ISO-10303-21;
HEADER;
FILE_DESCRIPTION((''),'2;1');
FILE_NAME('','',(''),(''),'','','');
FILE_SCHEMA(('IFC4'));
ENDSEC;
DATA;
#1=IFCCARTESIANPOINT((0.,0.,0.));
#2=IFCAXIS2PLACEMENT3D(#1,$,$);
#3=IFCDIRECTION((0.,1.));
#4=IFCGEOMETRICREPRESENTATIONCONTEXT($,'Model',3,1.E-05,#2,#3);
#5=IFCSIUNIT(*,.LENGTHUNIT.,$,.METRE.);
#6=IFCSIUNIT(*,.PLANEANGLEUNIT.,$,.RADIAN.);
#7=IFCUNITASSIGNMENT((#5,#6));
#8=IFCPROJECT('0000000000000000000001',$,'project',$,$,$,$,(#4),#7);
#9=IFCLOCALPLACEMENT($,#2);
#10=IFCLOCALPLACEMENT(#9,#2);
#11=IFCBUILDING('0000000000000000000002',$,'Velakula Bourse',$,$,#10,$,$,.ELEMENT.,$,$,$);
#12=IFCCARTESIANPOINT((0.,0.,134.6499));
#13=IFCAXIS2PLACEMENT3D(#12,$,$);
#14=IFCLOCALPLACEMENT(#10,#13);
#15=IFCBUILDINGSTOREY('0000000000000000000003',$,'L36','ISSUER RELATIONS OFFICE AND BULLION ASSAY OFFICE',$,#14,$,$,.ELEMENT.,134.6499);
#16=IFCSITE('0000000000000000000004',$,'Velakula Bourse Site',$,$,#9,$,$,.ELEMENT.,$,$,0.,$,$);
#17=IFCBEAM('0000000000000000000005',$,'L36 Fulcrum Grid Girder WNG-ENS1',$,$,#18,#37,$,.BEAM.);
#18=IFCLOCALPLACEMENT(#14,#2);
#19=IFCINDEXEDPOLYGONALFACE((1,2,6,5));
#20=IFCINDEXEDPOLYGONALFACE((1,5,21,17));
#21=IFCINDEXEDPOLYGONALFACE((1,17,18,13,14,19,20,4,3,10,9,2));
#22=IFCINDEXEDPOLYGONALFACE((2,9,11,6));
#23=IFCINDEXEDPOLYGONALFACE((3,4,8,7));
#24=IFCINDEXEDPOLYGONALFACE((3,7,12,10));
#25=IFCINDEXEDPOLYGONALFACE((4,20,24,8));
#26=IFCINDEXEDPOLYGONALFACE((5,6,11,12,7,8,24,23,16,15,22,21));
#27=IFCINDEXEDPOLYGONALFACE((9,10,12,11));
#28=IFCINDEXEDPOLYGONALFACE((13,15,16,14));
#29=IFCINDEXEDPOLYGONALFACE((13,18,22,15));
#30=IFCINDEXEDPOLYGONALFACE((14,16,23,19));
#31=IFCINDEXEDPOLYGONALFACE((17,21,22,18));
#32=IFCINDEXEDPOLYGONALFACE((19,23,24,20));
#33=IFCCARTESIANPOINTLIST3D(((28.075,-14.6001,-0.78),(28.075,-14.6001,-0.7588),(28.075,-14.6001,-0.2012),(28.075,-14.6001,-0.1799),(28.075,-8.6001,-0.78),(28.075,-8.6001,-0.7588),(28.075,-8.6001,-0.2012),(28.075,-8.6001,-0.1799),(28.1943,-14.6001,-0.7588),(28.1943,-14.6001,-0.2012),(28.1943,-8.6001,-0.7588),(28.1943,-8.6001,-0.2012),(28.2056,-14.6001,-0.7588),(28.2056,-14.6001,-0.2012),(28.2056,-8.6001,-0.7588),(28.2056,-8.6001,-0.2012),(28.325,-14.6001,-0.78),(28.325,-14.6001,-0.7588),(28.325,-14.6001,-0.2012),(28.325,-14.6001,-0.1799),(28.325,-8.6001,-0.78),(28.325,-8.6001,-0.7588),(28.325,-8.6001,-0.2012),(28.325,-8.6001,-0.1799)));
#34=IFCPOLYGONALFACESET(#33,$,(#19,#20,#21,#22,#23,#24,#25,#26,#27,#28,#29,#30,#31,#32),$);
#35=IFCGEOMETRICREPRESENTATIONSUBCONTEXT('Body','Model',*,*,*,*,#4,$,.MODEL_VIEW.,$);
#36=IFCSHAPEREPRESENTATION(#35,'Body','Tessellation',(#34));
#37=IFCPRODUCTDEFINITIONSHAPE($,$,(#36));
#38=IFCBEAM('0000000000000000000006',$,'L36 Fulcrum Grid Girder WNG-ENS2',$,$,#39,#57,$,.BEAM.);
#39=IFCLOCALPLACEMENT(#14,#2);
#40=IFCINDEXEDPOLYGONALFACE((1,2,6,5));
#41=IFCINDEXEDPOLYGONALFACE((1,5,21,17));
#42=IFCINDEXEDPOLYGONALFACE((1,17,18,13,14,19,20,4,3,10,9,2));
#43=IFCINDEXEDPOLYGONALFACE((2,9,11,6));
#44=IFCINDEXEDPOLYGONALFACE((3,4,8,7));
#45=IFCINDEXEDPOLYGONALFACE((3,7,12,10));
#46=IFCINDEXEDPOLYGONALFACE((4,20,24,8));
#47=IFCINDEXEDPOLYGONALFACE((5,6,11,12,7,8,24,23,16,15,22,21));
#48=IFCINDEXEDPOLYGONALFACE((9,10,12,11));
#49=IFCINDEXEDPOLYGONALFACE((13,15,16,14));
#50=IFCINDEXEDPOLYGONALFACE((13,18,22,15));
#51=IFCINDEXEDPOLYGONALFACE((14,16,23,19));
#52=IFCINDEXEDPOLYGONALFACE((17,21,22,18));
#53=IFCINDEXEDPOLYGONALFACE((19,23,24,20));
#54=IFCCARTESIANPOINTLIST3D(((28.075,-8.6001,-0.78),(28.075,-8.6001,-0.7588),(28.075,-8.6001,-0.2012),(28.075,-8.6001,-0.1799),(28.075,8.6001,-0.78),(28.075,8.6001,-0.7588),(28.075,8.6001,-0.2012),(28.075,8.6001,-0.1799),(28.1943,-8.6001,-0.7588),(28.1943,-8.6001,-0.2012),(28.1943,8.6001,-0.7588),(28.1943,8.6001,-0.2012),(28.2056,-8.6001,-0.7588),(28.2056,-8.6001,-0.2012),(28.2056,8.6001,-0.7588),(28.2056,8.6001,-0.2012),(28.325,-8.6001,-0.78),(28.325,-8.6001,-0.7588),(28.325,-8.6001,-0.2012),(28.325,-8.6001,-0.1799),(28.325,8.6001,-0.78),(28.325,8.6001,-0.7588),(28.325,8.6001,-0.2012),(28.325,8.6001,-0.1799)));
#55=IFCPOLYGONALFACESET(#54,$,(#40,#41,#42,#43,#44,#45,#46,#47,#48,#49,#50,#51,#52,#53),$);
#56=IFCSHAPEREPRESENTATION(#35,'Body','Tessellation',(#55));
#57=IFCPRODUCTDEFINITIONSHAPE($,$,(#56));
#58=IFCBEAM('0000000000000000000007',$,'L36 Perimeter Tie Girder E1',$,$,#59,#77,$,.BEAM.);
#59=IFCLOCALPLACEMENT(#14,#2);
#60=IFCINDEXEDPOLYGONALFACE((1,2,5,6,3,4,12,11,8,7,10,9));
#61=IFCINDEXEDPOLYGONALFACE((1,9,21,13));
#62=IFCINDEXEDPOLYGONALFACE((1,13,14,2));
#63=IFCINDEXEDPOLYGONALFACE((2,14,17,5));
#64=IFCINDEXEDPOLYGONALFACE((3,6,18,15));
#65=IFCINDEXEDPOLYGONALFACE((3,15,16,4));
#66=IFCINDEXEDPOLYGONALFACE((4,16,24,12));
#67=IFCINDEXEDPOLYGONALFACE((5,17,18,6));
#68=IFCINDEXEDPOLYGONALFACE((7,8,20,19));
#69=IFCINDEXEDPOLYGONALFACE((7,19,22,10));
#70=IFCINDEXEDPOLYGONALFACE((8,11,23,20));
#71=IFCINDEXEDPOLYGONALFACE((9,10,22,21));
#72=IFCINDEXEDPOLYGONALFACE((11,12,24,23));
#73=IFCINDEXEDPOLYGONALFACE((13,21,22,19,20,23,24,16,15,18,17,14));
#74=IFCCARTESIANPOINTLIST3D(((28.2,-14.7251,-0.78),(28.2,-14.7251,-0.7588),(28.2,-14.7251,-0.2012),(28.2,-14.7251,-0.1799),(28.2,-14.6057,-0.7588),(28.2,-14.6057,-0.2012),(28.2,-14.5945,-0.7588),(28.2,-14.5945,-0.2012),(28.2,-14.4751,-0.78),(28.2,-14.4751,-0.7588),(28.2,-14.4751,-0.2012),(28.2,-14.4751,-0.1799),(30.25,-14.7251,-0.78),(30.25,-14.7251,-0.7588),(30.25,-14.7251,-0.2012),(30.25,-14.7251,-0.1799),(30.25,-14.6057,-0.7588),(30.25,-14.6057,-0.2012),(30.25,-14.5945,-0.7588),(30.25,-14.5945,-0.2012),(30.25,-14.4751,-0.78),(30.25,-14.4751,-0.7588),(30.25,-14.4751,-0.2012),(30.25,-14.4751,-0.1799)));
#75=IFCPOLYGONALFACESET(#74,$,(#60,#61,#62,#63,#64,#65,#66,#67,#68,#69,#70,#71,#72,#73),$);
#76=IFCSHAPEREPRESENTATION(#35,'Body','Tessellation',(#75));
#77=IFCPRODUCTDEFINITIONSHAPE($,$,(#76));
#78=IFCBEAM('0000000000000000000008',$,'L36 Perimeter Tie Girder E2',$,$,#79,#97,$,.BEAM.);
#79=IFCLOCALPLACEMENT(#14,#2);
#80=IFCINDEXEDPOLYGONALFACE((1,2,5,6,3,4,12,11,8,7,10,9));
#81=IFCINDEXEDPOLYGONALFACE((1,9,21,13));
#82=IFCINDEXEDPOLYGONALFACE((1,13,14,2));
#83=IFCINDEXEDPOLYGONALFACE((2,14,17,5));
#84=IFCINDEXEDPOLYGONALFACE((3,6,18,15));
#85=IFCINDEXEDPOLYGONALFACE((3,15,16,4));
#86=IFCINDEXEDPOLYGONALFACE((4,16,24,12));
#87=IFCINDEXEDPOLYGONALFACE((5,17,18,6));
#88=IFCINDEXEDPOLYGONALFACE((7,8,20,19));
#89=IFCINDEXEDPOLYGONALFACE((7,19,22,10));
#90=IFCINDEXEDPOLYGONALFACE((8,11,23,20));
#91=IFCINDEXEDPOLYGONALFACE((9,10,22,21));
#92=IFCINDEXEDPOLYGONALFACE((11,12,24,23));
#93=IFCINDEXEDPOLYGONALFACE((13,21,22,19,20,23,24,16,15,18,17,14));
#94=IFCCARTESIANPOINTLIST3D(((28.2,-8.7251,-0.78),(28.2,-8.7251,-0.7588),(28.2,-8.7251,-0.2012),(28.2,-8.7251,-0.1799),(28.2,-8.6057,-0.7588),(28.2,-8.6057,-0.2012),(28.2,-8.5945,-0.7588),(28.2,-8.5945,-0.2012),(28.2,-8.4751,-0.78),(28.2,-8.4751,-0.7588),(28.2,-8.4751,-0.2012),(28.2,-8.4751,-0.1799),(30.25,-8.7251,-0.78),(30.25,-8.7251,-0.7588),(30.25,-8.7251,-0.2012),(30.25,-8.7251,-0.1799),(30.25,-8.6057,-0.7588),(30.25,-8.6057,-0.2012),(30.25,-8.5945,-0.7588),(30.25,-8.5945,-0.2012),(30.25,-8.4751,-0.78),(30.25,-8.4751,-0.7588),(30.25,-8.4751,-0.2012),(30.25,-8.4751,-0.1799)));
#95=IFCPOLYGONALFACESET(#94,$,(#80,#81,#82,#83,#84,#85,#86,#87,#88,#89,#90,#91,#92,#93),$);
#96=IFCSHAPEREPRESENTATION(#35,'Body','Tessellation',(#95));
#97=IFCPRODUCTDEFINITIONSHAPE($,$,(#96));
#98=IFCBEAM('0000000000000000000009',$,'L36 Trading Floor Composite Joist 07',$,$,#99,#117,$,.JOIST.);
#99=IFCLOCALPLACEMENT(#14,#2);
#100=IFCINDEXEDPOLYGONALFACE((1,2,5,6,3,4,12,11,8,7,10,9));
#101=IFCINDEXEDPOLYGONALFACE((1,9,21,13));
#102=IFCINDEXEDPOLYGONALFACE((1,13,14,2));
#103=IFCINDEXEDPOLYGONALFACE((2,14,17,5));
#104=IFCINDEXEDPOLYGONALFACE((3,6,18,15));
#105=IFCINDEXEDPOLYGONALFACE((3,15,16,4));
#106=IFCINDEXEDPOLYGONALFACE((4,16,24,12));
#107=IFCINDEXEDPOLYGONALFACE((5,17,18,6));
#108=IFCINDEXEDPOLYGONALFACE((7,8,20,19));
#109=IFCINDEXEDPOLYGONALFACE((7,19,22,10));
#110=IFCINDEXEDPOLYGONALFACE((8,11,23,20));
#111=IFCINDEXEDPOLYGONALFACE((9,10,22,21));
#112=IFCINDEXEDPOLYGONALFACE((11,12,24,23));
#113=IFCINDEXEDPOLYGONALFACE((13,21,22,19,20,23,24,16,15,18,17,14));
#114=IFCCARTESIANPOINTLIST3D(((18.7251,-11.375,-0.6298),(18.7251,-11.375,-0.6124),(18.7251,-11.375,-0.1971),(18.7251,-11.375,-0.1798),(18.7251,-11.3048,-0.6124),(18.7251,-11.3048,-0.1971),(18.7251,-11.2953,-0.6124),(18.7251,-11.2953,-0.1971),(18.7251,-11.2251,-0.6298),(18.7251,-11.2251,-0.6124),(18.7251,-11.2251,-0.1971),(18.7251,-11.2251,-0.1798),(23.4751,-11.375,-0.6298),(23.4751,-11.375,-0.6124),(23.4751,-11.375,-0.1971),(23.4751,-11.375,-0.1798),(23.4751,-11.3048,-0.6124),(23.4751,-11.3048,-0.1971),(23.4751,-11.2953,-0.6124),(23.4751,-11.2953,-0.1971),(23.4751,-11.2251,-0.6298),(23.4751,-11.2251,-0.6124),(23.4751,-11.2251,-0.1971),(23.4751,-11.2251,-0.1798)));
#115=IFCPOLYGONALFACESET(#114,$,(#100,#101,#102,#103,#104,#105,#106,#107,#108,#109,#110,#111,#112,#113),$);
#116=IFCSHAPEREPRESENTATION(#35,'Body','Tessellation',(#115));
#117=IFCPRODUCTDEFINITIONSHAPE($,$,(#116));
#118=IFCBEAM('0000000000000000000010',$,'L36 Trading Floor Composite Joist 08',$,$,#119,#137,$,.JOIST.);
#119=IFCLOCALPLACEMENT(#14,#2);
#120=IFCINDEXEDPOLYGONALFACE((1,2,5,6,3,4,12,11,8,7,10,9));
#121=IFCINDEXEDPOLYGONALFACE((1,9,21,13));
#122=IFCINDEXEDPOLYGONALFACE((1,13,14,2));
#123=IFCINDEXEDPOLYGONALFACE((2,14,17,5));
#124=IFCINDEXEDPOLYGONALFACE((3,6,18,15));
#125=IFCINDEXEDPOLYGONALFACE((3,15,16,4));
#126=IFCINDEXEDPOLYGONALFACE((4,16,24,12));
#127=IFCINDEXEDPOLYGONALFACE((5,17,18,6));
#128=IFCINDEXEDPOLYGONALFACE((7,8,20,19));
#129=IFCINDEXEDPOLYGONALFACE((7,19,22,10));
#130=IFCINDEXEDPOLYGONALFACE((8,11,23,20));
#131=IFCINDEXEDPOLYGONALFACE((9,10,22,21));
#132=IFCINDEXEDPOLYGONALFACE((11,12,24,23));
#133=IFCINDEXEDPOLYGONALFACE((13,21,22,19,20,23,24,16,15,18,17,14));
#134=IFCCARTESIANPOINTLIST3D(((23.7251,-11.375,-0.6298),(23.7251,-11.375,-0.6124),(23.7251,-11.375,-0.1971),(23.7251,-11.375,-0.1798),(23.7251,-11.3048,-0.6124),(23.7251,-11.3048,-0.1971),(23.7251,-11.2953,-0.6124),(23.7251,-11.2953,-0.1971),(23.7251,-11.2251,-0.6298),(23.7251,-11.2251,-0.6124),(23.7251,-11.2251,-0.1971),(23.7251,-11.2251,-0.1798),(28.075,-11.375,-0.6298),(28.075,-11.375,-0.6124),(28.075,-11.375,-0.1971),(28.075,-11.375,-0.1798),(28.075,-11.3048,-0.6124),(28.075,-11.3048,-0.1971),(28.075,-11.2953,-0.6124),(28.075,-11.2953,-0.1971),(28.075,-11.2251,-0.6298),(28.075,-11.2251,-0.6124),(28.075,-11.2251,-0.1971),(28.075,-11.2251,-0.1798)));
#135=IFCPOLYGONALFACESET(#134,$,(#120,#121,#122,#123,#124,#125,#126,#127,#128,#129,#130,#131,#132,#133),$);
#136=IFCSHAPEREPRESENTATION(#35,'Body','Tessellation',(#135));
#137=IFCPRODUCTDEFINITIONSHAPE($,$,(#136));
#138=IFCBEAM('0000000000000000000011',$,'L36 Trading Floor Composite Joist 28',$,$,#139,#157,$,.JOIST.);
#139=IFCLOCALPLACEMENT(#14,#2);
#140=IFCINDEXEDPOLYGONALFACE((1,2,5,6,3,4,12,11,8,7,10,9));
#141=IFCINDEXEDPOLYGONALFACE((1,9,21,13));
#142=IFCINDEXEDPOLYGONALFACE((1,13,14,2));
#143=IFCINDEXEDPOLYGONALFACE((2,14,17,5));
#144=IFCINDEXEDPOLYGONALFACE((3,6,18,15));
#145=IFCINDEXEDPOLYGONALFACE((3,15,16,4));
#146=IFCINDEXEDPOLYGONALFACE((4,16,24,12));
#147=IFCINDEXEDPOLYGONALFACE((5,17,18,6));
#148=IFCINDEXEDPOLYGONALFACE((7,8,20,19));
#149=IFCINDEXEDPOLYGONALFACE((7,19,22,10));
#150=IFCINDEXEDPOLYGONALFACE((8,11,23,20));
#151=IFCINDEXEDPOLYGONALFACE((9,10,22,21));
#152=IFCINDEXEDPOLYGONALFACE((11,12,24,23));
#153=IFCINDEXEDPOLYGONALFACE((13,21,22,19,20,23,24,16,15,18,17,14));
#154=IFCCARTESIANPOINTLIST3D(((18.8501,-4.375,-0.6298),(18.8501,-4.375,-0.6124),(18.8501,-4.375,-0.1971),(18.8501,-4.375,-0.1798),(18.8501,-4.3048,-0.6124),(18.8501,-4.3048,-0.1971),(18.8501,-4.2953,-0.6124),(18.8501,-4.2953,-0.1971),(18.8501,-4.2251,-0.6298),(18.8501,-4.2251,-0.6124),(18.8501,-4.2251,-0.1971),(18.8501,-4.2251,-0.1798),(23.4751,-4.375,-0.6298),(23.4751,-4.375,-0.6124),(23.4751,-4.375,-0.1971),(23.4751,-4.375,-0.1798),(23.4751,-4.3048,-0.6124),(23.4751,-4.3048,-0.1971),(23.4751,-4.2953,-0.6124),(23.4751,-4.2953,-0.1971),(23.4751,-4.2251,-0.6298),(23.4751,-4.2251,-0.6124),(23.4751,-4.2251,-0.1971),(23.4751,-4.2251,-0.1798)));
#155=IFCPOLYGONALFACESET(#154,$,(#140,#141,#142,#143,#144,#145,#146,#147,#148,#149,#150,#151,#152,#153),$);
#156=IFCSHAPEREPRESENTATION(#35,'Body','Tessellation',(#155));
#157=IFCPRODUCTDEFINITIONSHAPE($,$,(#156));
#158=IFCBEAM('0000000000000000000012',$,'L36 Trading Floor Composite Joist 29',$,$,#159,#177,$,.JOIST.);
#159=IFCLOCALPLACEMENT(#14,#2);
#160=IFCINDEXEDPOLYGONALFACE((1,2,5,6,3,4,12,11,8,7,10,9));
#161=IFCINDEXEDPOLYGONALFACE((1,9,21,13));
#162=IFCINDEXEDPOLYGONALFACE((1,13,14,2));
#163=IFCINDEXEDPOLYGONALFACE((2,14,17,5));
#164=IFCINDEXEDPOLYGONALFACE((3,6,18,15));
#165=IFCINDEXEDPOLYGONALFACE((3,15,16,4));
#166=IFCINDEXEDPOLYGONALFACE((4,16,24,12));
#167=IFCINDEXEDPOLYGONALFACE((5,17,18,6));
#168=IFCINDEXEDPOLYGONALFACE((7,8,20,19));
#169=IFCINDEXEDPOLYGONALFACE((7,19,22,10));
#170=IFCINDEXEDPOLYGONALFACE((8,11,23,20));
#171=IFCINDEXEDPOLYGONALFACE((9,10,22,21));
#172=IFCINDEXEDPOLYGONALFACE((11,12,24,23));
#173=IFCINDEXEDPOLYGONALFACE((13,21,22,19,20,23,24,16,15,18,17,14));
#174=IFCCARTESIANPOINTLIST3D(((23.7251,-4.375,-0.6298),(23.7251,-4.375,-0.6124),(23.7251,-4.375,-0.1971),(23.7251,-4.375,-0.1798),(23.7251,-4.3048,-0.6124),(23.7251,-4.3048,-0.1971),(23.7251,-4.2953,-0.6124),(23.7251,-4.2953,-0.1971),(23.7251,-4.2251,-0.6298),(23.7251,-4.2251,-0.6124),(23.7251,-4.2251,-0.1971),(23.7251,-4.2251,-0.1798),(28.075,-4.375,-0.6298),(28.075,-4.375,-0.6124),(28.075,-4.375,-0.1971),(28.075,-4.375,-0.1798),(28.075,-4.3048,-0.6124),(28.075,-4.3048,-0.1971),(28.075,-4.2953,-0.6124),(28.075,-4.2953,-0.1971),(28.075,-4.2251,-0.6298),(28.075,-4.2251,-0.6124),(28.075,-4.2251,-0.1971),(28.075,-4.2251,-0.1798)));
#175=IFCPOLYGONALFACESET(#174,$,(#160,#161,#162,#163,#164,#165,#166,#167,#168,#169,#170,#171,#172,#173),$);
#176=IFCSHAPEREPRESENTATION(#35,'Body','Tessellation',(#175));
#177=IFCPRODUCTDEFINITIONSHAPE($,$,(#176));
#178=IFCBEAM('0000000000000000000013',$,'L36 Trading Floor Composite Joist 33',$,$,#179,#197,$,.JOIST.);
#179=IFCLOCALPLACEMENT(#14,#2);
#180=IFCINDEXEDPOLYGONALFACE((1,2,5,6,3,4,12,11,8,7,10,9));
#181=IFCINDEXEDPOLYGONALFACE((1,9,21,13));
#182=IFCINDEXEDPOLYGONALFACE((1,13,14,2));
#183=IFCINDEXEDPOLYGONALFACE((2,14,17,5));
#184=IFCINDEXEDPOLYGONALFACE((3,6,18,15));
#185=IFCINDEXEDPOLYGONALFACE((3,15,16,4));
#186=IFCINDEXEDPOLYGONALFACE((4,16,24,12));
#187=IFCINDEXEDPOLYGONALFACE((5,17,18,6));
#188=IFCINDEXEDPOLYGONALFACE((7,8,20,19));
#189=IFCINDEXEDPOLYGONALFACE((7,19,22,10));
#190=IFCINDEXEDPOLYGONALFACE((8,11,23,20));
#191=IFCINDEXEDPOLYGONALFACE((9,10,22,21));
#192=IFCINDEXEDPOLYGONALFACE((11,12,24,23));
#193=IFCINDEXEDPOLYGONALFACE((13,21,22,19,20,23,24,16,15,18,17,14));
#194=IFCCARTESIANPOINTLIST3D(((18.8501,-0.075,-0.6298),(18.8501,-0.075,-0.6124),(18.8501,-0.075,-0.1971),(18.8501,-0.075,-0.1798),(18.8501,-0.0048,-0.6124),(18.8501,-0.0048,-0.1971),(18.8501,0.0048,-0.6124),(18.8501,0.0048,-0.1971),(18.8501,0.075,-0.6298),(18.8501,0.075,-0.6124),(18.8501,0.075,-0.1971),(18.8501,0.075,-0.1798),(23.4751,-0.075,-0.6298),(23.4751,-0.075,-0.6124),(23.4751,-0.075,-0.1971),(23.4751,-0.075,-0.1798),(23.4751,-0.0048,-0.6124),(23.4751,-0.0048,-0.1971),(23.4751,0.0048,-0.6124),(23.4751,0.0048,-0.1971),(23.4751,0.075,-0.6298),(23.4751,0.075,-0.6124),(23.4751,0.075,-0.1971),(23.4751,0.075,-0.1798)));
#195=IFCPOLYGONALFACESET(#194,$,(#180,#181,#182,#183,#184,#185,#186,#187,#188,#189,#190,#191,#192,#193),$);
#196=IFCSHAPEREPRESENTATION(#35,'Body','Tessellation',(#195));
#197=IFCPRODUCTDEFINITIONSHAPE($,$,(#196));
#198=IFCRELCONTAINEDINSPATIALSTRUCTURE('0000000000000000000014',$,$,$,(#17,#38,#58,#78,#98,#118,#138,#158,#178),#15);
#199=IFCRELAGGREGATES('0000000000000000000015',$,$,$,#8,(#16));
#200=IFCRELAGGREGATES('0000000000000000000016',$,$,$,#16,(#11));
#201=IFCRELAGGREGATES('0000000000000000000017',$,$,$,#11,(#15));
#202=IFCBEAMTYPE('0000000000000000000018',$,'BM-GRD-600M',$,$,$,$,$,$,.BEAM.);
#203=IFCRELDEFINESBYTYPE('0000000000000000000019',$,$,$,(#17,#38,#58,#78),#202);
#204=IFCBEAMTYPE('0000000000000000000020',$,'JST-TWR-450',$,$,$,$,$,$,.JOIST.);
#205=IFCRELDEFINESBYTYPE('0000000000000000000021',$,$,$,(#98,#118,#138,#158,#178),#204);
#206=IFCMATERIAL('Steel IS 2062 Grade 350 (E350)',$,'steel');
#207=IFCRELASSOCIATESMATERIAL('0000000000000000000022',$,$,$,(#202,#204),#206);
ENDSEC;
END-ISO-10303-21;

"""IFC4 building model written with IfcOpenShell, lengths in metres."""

from ifc_helpers import new_model, si_unit, direction, frame, origin, origin_2d, place, context, subcontext, project, spatial, i_section, extrude, material, material_profile, profile_set, type_object, element, save


model = new_model("IFC4")

# Units and contexts
model_context = context("Model", 3, precision=1e-05, world=origin(), true_north=direction((0.0, 1.0)))
body_context = subcontext(model_context, "Body", "Model", "MODEL_VIEW")
ifc_project = project(units=[si_unit("LENGTHUNIT", "METRE"), si_unit("PLANEANGLEUNIT", "RADIAN")], contexts=[model_context])

# Site, building, storey
site_placement = place(None, origin())
site = spatial("IfcSite", under=ifc_project, at=site_placement, Name="Velakula Bourse Site", CompositionType="ELEMENT", RefElevation=0.0)
building_placement = place(site_placement, origin())
building = spatial("IfcBuilding", under=site, at=building_placement, Name="Velakula Bourse", CompositionType="ELEMENT")
storey_placement = place(building_placement, frame((0.0, 0.0, 134.6499)))
storey = spatial("IfcBuildingStorey", under=building, at=storey_placement, Name="L36", Description="ISSUER RELATIONS OFFICE AND BULLION ASSAY OFFICE", CompositionType="ELEMENT", Elevation=134.6499)

# Shared definitions
ifc_material_1 = material(Name="Steel IS 2062 Grade 350 (E350)", Category="steel")

# Beams
ifc_material_profile_1 = material_profile(ifc_material_1, i_section(OverallWidth=0.25, OverallDepth=0.6001, WebThickness=0.0112, FlangeThickness=0.0212, at=origin_2d()), Name="Steel IS 2062 Grade 350 (E350)")
ifc_profile_set_1 = profile_set([ifc_material_profile_1], Name="Steel IS 2062 Grade 350 (E350)")
beam_type_1 = type_object("IfcBeamType", Name="BM-GRD-600M", PredefinedType="BEAM", material=ifc_profile_set_1)
beam_1_placement = place(storey_placement, frame((28.2, -14.6001, -0.48), z_axis=(0.0, 1.0, 0.0), x_axis=(-1.0, 0.0, 0.0)))
element("IfcBeam", 1, at=beam_1_placement, inside=storey, type_object=beam_type_1, Name="L36 Fulcrum Grid Girder WNG-ENS1", PredefinedType="BEAM", context=body_context, shape_type="SweptSolid", body=[
    extrude(i_section(OverallWidth=0.25, OverallDepth=0.6001, WebThickness=0.0112, FlangeThickness=0.0212, at=origin_2d()), origin(), (0.0, 0.0, 1.0), 6.0),
])
beam_2_placement = place(storey_placement, frame((28.2, -8.6001, -0.48), z_axis=(0.0, 1.0, 0.0), x_axis=(-1.0, 0.0, 0.0)))
element("IfcBeam", 2, at=beam_2_placement, inside=storey, type_object=beam_type_1, Name="L36 Fulcrum Grid Girder WNG-ENS2", PredefinedType="BEAM", context=body_context, shape_type="SweptSolid", body=[
    extrude(i_section(OverallWidth=0.25, OverallDepth=0.6001, WebThickness=0.0112, FlangeThickness=0.0212, at=origin_2d()), origin(), (0.0, 0.0, 1.0), 17.2002),
])
for number, where, z_axis, x_axis, name in (
    (3, (28.2, -14.6001, -0.48), (1.0, 0.0, 0.0), (0.0, 1.0, 0.0), "L36 Perimeter Tie Girder E1"),
    (4, (28.2, -8.6001, -0.48), (1.0, 0.0, 0.0), (0.0, 1.0, 0.0), "L36 Perimeter Tie Girder E2"),
):
    element("IfcBeam", number, at=place(storey_placement, frame(where, z_axis=z_axis, x_axis=x_axis)), inside=storey, type_object=beam_type_1, Name=name, PredefinedType="BEAM", context=body_context, shape_type="SweptSolid", body=[
        extrude(i_section(OverallWidth=0.25, OverallDepth=0.6001, WebThickness=0.0112, FlangeThickness=0.0212, at=origin_2d()), origin(), (0.0, 0.0, 1.0), 2.05),
    ])
ifc_material_profile_2 = material_profile(ifc_material_1, i_section(OverallWidth=0.1499, OverallDepth=0.45, WebThickness=0.0095, FlangeThickness=0.0173, at=origin_2d()), Name="Steel IS 2062 Grade 350 (E350)")
ifc_profile_set_2 = profile_set([ifc_material_profile_2], Name="Steel IS 2062 Grade 350 (E350)")
beam_type_2 = type_object("IfcBeamType", Name="JST-TWR-450", PredefinedType="JOIST", material=ifc_profile_set_2)
beam_3_placement = place(storey_placement, frame((18.7251, -11.3, -0.4048), z_axis=(1.0, 0.0, 0.0), x_axis=(0.0, 1.0, 0.0)))
element("IfcBeam", 5, at=beam_3_placement, inside=storey, type_object=beam_type_2, Name="L36 Trading Floor Composite Joist 07", PredefinedType="JOIST", context=body_context, shape_type="SweptSolid", body=[
    extrude(i_section(OverallWidth=0.1499, OverallDepth=0.45, WebThickness=0.0095, FlangeThickness=0.0173, at=origin_2d()), origin(), (0.0, 0.0, 1.0), 4.75),
])
beam_4_placement = place(storey_placement, frame((23.7251, -11.3, -0.4048), z_axis=(1.0, 0.0, 0.0), x_axis=(0.0, 1.0, 0.0)))
element("IfcBeam", 6, at=beam_4_placement, inside=storey, type_object=beam_type_2, Name="L36 Trading Floor Composite Joist 08", PredefinedType="JOIST", context=body_context, shape_type="SweptSolid", body=[
    extrude(i_section(OverallWidth=0.1499, OverallDepth=0.45, WebThickness=0.0095, FlangeThickness=0.0173, at=origin_2d()), origin(), (0.0, 0.0, 1.0), 4.3499),
])
beam_5_placement = place(storey_placement, frame((18.8501, -4.3, -0.4048), z_axis=(1.0, 0.0, 0.0), x_axis=(0.0, 1.0, 0.0)))
element("IfcBeam", 7, at=beam_5_placement, inside=storey, type_object=beam_type_2, Name="L36 Trading Floor Composite Joist 28", PredefinedType="JOIST", context=body_context, shape_type="SweptSolid", body=[
    extrude(i_section(OverallWidth=0.1499, OverallDepth=0.45, WebThickness=0.0095, FlangeThickness=0.0173, at=origin_2d()), origin(), (0.0, 0.0, 1.0), 4.625),
])
beam_6_placement = place(storey_placement, frame((23.7251, -4.3, -0.4048), z_axis=(1.0, 0.0, 0.0), x_axis=(0.0, 1.0, 0.0)))
element("IfcBeam", 8, at=beam_6_placement, inside=storey, type_object=beam_type_2, Name="L36 Trading Floor Composite Joist 29", PredefinedType="JOIST", context=body_context, shape_type="SweptSolid", body=[
    extrude(i_section(OverallWidth=0.1499, OverallDepth=0.45, WebThickness=0.0095, FlangeThickness=0.0173, at=origin_2d()), origin(), (0.0, 0.0, 1.0), 4.3499),
])
beam_7_placement = place(storey_placement, frame((18.8501, 0.0, -0.4048), z_axis=(1.0, 0.0, 0.0), x_axis=(0.0, 1.0, 0.0)))
element("IfcBeam", 9, at=beam_7_placement, inside=storey, type_object=beam_type_2, Name="L36 Trading Floor Composite Joist 33", PredefinedType="JOIST", context=body_context, shape_type="SweptSolid", body=[
    extrude(i_section(OverallWidth=0.1499, OverallDepth=0.45, WebThickness=0.0095, FlangeThickness=0.0173, at=origin_2d()), origin(), (0.0, 0.0, 1.0), 4.625),
])

save(model, "model.ifc")
